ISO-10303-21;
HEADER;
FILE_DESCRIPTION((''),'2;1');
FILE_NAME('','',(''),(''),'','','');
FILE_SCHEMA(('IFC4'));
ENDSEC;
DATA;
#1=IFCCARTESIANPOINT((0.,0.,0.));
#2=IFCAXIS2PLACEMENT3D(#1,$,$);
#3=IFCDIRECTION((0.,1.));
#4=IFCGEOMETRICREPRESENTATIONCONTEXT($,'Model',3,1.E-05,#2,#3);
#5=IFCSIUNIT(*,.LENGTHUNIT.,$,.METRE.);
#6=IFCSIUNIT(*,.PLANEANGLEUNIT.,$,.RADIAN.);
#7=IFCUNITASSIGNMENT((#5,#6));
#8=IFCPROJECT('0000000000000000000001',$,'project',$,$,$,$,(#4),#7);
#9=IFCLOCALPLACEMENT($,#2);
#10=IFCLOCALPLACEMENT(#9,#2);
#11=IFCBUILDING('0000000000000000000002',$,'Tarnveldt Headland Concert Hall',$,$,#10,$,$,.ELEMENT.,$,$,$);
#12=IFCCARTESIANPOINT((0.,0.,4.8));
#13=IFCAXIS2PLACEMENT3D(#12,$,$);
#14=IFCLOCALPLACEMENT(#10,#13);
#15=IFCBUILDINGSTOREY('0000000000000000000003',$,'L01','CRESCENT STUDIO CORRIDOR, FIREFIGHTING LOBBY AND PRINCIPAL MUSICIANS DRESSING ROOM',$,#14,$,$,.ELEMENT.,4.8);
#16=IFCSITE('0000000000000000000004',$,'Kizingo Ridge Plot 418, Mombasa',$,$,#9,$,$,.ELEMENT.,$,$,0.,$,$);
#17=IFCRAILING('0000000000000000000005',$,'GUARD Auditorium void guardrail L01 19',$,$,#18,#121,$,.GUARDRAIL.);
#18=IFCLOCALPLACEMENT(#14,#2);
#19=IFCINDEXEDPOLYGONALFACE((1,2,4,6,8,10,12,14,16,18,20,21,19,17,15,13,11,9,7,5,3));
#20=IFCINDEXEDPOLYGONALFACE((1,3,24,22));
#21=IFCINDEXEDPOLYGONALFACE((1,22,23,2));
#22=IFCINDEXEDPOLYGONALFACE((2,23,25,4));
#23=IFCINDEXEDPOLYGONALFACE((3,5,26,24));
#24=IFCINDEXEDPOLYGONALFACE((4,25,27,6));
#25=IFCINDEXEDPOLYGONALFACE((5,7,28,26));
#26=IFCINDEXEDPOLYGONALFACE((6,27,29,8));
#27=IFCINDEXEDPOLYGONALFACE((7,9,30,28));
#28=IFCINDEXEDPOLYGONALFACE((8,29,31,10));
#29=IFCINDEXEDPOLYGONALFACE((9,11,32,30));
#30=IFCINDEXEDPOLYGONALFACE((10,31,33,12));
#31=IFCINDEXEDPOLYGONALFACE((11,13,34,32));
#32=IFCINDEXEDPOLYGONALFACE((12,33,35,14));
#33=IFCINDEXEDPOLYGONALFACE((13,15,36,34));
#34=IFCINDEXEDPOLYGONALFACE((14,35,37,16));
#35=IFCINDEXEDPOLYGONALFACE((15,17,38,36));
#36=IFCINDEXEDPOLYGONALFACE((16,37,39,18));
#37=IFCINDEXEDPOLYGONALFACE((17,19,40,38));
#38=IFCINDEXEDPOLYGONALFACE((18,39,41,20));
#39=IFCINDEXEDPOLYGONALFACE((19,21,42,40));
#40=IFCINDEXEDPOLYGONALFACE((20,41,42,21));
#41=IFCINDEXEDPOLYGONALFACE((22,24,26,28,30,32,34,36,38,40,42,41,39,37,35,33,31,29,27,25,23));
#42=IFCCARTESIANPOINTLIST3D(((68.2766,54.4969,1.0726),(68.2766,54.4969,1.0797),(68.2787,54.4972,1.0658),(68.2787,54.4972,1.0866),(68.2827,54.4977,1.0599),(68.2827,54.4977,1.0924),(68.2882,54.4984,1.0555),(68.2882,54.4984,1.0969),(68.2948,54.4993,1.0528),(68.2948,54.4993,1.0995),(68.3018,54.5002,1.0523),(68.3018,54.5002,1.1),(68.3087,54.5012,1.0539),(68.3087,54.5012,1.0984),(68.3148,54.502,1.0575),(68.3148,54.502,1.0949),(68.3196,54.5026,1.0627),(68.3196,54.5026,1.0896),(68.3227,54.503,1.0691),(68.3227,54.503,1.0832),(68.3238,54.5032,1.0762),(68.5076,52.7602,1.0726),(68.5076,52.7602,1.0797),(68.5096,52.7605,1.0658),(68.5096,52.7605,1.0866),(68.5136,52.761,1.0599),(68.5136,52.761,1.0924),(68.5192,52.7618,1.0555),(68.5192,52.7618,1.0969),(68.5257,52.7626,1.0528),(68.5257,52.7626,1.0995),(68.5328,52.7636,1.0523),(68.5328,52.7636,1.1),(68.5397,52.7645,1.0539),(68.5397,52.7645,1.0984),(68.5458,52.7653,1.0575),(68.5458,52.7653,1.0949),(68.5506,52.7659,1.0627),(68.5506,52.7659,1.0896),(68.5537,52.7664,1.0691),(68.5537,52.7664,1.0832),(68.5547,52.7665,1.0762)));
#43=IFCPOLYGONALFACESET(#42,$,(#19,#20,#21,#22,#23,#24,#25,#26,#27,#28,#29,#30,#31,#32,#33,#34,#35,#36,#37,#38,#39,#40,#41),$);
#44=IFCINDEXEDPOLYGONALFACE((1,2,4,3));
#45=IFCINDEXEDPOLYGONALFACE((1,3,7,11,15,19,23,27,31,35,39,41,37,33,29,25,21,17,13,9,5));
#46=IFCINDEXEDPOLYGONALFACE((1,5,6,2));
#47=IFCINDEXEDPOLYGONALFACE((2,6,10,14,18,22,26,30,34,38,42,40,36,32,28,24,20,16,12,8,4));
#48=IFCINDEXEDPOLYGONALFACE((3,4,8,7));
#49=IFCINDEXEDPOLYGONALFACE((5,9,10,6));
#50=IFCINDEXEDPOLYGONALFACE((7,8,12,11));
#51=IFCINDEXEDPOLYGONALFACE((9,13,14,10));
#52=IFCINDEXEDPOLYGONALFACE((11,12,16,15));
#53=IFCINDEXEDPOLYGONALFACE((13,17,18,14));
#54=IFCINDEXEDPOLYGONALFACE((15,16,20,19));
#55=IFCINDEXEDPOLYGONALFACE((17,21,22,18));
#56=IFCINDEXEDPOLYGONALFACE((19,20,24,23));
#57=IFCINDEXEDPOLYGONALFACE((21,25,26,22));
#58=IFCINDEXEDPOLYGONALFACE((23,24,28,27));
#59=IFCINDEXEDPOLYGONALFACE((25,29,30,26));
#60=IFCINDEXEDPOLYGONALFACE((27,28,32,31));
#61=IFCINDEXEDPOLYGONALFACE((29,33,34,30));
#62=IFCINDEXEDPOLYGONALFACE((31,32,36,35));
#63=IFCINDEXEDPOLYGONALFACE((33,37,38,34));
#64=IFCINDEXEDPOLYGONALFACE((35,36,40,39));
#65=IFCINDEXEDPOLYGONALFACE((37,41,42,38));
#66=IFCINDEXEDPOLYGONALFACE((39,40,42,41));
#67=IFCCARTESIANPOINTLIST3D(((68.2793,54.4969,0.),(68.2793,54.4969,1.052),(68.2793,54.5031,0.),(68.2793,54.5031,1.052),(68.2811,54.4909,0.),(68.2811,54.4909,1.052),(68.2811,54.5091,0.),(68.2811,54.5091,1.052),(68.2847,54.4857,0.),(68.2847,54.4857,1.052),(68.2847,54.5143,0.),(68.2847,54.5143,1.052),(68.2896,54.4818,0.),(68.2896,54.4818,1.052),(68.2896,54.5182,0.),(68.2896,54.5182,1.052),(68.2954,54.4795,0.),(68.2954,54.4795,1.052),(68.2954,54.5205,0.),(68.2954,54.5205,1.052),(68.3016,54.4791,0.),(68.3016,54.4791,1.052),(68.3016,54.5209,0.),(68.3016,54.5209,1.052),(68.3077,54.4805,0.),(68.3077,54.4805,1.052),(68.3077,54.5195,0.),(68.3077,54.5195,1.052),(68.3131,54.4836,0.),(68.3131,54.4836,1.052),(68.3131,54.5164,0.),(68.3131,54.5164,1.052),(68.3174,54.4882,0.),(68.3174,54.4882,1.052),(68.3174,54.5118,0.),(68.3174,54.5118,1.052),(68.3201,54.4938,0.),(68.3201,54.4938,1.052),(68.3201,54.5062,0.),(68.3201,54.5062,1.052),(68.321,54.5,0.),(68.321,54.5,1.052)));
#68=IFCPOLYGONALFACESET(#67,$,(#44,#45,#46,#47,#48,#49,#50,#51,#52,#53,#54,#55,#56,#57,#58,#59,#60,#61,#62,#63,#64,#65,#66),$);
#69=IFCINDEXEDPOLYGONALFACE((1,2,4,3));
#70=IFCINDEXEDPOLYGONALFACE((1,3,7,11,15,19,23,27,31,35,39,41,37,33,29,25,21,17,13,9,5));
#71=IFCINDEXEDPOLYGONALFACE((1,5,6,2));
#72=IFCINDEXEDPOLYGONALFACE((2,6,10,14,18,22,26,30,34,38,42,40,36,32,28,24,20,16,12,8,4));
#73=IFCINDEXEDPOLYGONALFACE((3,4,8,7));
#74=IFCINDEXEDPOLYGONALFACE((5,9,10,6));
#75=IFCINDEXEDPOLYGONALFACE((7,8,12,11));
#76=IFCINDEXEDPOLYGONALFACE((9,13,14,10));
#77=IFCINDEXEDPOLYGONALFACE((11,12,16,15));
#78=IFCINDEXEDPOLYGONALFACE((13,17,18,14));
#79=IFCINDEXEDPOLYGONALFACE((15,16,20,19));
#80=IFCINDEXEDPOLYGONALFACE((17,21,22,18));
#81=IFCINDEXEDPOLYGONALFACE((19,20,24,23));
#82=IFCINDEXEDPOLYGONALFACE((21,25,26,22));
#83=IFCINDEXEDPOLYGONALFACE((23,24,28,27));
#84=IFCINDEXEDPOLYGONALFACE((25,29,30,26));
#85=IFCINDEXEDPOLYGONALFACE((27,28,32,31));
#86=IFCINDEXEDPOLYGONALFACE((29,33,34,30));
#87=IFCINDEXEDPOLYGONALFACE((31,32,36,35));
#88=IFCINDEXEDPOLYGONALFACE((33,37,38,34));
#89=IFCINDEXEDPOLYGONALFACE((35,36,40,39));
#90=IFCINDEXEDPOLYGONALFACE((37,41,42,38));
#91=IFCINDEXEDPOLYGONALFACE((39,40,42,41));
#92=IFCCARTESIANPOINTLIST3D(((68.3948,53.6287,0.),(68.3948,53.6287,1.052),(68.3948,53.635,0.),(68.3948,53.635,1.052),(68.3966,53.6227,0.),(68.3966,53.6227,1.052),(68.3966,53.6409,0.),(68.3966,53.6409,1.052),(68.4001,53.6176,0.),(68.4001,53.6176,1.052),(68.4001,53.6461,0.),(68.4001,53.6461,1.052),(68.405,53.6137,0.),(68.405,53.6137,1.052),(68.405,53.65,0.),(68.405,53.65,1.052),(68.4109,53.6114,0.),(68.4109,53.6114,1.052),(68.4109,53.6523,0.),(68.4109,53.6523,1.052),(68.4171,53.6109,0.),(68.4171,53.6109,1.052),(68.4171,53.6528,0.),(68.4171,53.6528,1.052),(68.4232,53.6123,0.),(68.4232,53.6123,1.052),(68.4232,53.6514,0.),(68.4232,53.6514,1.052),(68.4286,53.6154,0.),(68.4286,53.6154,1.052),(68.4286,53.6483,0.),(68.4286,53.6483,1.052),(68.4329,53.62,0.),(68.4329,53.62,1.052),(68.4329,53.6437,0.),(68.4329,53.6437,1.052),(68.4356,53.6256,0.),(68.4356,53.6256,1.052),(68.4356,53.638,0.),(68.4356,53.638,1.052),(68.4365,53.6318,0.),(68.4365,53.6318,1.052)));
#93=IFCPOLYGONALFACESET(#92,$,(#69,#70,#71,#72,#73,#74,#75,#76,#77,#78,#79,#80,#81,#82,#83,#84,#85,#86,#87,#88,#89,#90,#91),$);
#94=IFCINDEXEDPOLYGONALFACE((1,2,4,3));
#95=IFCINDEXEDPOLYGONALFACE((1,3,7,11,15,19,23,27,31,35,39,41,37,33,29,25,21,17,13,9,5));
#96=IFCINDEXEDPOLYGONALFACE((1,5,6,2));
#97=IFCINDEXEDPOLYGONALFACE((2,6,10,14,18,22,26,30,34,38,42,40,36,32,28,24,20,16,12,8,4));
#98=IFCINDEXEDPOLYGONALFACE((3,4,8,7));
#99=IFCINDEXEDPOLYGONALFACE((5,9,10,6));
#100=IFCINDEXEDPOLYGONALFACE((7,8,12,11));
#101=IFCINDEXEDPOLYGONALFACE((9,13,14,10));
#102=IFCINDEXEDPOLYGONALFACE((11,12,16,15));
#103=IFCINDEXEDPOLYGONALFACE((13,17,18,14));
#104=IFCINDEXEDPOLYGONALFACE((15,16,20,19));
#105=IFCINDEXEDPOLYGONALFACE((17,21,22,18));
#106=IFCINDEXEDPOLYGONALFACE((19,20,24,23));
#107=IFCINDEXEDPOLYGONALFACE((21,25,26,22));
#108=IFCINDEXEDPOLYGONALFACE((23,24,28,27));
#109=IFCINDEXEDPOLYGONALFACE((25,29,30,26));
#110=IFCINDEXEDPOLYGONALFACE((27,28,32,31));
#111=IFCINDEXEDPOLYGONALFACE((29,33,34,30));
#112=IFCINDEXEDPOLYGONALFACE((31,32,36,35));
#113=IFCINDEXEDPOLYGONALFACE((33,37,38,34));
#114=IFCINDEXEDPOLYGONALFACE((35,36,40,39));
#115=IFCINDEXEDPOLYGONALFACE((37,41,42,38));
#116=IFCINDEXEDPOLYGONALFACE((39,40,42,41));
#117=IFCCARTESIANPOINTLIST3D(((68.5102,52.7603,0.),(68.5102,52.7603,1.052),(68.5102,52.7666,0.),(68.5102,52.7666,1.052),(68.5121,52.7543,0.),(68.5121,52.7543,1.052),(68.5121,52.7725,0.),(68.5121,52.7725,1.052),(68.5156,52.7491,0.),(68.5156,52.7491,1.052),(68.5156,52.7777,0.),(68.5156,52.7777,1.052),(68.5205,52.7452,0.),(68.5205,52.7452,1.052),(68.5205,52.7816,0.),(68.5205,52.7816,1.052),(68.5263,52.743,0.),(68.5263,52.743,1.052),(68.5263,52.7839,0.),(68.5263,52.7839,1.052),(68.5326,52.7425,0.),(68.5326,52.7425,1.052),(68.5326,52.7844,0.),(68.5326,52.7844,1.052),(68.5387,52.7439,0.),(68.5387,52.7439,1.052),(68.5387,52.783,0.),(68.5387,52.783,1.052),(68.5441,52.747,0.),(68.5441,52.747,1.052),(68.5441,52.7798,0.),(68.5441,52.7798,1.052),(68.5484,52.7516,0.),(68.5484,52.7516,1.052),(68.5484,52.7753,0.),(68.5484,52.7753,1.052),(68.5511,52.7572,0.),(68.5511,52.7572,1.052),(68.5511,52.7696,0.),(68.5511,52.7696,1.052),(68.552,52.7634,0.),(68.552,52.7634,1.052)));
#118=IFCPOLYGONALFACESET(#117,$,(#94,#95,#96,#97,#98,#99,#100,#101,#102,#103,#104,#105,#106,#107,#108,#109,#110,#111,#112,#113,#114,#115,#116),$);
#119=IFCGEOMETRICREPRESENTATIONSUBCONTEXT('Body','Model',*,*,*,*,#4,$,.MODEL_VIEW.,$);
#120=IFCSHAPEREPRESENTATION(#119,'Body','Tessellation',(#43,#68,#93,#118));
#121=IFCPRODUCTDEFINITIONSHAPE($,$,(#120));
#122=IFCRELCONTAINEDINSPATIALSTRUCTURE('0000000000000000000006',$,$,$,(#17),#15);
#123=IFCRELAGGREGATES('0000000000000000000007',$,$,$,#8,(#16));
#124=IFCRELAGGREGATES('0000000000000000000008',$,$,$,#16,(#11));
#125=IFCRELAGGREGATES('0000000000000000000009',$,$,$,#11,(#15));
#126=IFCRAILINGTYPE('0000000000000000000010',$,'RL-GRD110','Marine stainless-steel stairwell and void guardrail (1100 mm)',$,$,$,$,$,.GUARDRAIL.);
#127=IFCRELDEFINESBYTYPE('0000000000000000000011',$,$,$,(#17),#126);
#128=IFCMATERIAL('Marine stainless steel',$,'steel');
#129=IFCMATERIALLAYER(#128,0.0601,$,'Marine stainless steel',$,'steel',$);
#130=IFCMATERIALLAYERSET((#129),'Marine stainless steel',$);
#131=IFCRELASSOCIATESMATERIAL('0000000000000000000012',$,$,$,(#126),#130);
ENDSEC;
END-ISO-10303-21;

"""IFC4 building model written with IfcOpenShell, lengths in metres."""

from ifc_helpers import new_model, si_unit, direction, frame, origin, origin_2d, place, context, subcontext, project, spatial, circle, extrude, material, layer, layer_set, type_object, element, save


model = new_model("IFC4")

# Units and contexts
model_context = context("Model", 3, precision=1e-05, world=origin(), true_north=direction((0.0, 1.0)))
body_context = subcontext(model_context, "Body", "Model", "MODEL_VIEW")
ifc_project = project(units=[si_unit("LENGTHUNIT", "METRE"), si_unit("PLANEANGLEUNIT", "RADIAN")], contexts=[model_context])

# Site, building, storey
site_placement = place(None, origin())
site = spatial("IfcSite", under=ifc_project, at=site_placement, Name="Kizingo Ridge Plot 418, Mombasa", CompositionType="ELEMENT", RefElevation=0.0)
building_placement = place(site_placement, origin())
building = spatial("IfcBuilding", under=site, at=building_placement, Name="Tarnveldt Headland Concert Hall", CompositionType="ELEMENT")
storey_placement = place(building_placement, frame((0.0, 0.0, 4.8)))
storey = spatial("IfcBuildingStorey", under=building, at=storey_placement, Name="L01", Description="CRESCENT STUDIO CORRIDOR, FIREFIGHTING LOBBY AND PRINCIPAL MUSICIANS DRESSING ROOM", CompositionType="ELEMENT", Elevation=4.8)

# Railing
ifc_material_1 = material(Name="Marine stainless steel", Category="steel")
ifc_layer_1 = layer(ifc_material_1, 0.0601, Name="Marine stainless steel", Category="steel")
ifc_layer_set_1 = layer_set([ifc_layer_1], Name="Marine stainless steel")
railing_type = type_object("IfcRailingType", Name="RL-GRD110", Description="Marine stainless-steel stairwell and void guardrail (1100 mm)", PredefinedType="GUARDRAIL", material=ifc_layer_set_1)
railing_1_placement = place(storey_placement, frame((68.3, 54.5, 0.0)))
element("IfcRailing", 1, at=railing_1_placement, inside=storey, type_object=railing_type, Name="GUARD Auditorium void guardrail L01 19", PredefinedType="GUARDRAIL", context=body_context, shape_type="SweptSolid", body=[
    extrude(circle(Radius=0.0239, at=origin_2d()), frame((0.0, 0.0, 1.0762), z_axis=(0.131835, -0.991272, 0.0), x_axis=(0.991272, 0.131835, 0.0)), (0.0, 0.0, 1.0), 1.752),
    extrude(circle(Radius=0.021, at=origin_2d()), origin(), (0.0, 0.0, 1.0), 1.052),
    extrude(circle(Radius=0.021, at=origin_2d()), frame((0.1155, -0.8682, 0.0)), (0.0, 0.0, 1.0), 1.052),
    extrude(circle(Radius=0.021, at=origin_2d()), frame((0.231, -1.7366, 0.0)), (0.0, 0.0, 1.0), 1.052),
])

save(model, "model.ifc")
